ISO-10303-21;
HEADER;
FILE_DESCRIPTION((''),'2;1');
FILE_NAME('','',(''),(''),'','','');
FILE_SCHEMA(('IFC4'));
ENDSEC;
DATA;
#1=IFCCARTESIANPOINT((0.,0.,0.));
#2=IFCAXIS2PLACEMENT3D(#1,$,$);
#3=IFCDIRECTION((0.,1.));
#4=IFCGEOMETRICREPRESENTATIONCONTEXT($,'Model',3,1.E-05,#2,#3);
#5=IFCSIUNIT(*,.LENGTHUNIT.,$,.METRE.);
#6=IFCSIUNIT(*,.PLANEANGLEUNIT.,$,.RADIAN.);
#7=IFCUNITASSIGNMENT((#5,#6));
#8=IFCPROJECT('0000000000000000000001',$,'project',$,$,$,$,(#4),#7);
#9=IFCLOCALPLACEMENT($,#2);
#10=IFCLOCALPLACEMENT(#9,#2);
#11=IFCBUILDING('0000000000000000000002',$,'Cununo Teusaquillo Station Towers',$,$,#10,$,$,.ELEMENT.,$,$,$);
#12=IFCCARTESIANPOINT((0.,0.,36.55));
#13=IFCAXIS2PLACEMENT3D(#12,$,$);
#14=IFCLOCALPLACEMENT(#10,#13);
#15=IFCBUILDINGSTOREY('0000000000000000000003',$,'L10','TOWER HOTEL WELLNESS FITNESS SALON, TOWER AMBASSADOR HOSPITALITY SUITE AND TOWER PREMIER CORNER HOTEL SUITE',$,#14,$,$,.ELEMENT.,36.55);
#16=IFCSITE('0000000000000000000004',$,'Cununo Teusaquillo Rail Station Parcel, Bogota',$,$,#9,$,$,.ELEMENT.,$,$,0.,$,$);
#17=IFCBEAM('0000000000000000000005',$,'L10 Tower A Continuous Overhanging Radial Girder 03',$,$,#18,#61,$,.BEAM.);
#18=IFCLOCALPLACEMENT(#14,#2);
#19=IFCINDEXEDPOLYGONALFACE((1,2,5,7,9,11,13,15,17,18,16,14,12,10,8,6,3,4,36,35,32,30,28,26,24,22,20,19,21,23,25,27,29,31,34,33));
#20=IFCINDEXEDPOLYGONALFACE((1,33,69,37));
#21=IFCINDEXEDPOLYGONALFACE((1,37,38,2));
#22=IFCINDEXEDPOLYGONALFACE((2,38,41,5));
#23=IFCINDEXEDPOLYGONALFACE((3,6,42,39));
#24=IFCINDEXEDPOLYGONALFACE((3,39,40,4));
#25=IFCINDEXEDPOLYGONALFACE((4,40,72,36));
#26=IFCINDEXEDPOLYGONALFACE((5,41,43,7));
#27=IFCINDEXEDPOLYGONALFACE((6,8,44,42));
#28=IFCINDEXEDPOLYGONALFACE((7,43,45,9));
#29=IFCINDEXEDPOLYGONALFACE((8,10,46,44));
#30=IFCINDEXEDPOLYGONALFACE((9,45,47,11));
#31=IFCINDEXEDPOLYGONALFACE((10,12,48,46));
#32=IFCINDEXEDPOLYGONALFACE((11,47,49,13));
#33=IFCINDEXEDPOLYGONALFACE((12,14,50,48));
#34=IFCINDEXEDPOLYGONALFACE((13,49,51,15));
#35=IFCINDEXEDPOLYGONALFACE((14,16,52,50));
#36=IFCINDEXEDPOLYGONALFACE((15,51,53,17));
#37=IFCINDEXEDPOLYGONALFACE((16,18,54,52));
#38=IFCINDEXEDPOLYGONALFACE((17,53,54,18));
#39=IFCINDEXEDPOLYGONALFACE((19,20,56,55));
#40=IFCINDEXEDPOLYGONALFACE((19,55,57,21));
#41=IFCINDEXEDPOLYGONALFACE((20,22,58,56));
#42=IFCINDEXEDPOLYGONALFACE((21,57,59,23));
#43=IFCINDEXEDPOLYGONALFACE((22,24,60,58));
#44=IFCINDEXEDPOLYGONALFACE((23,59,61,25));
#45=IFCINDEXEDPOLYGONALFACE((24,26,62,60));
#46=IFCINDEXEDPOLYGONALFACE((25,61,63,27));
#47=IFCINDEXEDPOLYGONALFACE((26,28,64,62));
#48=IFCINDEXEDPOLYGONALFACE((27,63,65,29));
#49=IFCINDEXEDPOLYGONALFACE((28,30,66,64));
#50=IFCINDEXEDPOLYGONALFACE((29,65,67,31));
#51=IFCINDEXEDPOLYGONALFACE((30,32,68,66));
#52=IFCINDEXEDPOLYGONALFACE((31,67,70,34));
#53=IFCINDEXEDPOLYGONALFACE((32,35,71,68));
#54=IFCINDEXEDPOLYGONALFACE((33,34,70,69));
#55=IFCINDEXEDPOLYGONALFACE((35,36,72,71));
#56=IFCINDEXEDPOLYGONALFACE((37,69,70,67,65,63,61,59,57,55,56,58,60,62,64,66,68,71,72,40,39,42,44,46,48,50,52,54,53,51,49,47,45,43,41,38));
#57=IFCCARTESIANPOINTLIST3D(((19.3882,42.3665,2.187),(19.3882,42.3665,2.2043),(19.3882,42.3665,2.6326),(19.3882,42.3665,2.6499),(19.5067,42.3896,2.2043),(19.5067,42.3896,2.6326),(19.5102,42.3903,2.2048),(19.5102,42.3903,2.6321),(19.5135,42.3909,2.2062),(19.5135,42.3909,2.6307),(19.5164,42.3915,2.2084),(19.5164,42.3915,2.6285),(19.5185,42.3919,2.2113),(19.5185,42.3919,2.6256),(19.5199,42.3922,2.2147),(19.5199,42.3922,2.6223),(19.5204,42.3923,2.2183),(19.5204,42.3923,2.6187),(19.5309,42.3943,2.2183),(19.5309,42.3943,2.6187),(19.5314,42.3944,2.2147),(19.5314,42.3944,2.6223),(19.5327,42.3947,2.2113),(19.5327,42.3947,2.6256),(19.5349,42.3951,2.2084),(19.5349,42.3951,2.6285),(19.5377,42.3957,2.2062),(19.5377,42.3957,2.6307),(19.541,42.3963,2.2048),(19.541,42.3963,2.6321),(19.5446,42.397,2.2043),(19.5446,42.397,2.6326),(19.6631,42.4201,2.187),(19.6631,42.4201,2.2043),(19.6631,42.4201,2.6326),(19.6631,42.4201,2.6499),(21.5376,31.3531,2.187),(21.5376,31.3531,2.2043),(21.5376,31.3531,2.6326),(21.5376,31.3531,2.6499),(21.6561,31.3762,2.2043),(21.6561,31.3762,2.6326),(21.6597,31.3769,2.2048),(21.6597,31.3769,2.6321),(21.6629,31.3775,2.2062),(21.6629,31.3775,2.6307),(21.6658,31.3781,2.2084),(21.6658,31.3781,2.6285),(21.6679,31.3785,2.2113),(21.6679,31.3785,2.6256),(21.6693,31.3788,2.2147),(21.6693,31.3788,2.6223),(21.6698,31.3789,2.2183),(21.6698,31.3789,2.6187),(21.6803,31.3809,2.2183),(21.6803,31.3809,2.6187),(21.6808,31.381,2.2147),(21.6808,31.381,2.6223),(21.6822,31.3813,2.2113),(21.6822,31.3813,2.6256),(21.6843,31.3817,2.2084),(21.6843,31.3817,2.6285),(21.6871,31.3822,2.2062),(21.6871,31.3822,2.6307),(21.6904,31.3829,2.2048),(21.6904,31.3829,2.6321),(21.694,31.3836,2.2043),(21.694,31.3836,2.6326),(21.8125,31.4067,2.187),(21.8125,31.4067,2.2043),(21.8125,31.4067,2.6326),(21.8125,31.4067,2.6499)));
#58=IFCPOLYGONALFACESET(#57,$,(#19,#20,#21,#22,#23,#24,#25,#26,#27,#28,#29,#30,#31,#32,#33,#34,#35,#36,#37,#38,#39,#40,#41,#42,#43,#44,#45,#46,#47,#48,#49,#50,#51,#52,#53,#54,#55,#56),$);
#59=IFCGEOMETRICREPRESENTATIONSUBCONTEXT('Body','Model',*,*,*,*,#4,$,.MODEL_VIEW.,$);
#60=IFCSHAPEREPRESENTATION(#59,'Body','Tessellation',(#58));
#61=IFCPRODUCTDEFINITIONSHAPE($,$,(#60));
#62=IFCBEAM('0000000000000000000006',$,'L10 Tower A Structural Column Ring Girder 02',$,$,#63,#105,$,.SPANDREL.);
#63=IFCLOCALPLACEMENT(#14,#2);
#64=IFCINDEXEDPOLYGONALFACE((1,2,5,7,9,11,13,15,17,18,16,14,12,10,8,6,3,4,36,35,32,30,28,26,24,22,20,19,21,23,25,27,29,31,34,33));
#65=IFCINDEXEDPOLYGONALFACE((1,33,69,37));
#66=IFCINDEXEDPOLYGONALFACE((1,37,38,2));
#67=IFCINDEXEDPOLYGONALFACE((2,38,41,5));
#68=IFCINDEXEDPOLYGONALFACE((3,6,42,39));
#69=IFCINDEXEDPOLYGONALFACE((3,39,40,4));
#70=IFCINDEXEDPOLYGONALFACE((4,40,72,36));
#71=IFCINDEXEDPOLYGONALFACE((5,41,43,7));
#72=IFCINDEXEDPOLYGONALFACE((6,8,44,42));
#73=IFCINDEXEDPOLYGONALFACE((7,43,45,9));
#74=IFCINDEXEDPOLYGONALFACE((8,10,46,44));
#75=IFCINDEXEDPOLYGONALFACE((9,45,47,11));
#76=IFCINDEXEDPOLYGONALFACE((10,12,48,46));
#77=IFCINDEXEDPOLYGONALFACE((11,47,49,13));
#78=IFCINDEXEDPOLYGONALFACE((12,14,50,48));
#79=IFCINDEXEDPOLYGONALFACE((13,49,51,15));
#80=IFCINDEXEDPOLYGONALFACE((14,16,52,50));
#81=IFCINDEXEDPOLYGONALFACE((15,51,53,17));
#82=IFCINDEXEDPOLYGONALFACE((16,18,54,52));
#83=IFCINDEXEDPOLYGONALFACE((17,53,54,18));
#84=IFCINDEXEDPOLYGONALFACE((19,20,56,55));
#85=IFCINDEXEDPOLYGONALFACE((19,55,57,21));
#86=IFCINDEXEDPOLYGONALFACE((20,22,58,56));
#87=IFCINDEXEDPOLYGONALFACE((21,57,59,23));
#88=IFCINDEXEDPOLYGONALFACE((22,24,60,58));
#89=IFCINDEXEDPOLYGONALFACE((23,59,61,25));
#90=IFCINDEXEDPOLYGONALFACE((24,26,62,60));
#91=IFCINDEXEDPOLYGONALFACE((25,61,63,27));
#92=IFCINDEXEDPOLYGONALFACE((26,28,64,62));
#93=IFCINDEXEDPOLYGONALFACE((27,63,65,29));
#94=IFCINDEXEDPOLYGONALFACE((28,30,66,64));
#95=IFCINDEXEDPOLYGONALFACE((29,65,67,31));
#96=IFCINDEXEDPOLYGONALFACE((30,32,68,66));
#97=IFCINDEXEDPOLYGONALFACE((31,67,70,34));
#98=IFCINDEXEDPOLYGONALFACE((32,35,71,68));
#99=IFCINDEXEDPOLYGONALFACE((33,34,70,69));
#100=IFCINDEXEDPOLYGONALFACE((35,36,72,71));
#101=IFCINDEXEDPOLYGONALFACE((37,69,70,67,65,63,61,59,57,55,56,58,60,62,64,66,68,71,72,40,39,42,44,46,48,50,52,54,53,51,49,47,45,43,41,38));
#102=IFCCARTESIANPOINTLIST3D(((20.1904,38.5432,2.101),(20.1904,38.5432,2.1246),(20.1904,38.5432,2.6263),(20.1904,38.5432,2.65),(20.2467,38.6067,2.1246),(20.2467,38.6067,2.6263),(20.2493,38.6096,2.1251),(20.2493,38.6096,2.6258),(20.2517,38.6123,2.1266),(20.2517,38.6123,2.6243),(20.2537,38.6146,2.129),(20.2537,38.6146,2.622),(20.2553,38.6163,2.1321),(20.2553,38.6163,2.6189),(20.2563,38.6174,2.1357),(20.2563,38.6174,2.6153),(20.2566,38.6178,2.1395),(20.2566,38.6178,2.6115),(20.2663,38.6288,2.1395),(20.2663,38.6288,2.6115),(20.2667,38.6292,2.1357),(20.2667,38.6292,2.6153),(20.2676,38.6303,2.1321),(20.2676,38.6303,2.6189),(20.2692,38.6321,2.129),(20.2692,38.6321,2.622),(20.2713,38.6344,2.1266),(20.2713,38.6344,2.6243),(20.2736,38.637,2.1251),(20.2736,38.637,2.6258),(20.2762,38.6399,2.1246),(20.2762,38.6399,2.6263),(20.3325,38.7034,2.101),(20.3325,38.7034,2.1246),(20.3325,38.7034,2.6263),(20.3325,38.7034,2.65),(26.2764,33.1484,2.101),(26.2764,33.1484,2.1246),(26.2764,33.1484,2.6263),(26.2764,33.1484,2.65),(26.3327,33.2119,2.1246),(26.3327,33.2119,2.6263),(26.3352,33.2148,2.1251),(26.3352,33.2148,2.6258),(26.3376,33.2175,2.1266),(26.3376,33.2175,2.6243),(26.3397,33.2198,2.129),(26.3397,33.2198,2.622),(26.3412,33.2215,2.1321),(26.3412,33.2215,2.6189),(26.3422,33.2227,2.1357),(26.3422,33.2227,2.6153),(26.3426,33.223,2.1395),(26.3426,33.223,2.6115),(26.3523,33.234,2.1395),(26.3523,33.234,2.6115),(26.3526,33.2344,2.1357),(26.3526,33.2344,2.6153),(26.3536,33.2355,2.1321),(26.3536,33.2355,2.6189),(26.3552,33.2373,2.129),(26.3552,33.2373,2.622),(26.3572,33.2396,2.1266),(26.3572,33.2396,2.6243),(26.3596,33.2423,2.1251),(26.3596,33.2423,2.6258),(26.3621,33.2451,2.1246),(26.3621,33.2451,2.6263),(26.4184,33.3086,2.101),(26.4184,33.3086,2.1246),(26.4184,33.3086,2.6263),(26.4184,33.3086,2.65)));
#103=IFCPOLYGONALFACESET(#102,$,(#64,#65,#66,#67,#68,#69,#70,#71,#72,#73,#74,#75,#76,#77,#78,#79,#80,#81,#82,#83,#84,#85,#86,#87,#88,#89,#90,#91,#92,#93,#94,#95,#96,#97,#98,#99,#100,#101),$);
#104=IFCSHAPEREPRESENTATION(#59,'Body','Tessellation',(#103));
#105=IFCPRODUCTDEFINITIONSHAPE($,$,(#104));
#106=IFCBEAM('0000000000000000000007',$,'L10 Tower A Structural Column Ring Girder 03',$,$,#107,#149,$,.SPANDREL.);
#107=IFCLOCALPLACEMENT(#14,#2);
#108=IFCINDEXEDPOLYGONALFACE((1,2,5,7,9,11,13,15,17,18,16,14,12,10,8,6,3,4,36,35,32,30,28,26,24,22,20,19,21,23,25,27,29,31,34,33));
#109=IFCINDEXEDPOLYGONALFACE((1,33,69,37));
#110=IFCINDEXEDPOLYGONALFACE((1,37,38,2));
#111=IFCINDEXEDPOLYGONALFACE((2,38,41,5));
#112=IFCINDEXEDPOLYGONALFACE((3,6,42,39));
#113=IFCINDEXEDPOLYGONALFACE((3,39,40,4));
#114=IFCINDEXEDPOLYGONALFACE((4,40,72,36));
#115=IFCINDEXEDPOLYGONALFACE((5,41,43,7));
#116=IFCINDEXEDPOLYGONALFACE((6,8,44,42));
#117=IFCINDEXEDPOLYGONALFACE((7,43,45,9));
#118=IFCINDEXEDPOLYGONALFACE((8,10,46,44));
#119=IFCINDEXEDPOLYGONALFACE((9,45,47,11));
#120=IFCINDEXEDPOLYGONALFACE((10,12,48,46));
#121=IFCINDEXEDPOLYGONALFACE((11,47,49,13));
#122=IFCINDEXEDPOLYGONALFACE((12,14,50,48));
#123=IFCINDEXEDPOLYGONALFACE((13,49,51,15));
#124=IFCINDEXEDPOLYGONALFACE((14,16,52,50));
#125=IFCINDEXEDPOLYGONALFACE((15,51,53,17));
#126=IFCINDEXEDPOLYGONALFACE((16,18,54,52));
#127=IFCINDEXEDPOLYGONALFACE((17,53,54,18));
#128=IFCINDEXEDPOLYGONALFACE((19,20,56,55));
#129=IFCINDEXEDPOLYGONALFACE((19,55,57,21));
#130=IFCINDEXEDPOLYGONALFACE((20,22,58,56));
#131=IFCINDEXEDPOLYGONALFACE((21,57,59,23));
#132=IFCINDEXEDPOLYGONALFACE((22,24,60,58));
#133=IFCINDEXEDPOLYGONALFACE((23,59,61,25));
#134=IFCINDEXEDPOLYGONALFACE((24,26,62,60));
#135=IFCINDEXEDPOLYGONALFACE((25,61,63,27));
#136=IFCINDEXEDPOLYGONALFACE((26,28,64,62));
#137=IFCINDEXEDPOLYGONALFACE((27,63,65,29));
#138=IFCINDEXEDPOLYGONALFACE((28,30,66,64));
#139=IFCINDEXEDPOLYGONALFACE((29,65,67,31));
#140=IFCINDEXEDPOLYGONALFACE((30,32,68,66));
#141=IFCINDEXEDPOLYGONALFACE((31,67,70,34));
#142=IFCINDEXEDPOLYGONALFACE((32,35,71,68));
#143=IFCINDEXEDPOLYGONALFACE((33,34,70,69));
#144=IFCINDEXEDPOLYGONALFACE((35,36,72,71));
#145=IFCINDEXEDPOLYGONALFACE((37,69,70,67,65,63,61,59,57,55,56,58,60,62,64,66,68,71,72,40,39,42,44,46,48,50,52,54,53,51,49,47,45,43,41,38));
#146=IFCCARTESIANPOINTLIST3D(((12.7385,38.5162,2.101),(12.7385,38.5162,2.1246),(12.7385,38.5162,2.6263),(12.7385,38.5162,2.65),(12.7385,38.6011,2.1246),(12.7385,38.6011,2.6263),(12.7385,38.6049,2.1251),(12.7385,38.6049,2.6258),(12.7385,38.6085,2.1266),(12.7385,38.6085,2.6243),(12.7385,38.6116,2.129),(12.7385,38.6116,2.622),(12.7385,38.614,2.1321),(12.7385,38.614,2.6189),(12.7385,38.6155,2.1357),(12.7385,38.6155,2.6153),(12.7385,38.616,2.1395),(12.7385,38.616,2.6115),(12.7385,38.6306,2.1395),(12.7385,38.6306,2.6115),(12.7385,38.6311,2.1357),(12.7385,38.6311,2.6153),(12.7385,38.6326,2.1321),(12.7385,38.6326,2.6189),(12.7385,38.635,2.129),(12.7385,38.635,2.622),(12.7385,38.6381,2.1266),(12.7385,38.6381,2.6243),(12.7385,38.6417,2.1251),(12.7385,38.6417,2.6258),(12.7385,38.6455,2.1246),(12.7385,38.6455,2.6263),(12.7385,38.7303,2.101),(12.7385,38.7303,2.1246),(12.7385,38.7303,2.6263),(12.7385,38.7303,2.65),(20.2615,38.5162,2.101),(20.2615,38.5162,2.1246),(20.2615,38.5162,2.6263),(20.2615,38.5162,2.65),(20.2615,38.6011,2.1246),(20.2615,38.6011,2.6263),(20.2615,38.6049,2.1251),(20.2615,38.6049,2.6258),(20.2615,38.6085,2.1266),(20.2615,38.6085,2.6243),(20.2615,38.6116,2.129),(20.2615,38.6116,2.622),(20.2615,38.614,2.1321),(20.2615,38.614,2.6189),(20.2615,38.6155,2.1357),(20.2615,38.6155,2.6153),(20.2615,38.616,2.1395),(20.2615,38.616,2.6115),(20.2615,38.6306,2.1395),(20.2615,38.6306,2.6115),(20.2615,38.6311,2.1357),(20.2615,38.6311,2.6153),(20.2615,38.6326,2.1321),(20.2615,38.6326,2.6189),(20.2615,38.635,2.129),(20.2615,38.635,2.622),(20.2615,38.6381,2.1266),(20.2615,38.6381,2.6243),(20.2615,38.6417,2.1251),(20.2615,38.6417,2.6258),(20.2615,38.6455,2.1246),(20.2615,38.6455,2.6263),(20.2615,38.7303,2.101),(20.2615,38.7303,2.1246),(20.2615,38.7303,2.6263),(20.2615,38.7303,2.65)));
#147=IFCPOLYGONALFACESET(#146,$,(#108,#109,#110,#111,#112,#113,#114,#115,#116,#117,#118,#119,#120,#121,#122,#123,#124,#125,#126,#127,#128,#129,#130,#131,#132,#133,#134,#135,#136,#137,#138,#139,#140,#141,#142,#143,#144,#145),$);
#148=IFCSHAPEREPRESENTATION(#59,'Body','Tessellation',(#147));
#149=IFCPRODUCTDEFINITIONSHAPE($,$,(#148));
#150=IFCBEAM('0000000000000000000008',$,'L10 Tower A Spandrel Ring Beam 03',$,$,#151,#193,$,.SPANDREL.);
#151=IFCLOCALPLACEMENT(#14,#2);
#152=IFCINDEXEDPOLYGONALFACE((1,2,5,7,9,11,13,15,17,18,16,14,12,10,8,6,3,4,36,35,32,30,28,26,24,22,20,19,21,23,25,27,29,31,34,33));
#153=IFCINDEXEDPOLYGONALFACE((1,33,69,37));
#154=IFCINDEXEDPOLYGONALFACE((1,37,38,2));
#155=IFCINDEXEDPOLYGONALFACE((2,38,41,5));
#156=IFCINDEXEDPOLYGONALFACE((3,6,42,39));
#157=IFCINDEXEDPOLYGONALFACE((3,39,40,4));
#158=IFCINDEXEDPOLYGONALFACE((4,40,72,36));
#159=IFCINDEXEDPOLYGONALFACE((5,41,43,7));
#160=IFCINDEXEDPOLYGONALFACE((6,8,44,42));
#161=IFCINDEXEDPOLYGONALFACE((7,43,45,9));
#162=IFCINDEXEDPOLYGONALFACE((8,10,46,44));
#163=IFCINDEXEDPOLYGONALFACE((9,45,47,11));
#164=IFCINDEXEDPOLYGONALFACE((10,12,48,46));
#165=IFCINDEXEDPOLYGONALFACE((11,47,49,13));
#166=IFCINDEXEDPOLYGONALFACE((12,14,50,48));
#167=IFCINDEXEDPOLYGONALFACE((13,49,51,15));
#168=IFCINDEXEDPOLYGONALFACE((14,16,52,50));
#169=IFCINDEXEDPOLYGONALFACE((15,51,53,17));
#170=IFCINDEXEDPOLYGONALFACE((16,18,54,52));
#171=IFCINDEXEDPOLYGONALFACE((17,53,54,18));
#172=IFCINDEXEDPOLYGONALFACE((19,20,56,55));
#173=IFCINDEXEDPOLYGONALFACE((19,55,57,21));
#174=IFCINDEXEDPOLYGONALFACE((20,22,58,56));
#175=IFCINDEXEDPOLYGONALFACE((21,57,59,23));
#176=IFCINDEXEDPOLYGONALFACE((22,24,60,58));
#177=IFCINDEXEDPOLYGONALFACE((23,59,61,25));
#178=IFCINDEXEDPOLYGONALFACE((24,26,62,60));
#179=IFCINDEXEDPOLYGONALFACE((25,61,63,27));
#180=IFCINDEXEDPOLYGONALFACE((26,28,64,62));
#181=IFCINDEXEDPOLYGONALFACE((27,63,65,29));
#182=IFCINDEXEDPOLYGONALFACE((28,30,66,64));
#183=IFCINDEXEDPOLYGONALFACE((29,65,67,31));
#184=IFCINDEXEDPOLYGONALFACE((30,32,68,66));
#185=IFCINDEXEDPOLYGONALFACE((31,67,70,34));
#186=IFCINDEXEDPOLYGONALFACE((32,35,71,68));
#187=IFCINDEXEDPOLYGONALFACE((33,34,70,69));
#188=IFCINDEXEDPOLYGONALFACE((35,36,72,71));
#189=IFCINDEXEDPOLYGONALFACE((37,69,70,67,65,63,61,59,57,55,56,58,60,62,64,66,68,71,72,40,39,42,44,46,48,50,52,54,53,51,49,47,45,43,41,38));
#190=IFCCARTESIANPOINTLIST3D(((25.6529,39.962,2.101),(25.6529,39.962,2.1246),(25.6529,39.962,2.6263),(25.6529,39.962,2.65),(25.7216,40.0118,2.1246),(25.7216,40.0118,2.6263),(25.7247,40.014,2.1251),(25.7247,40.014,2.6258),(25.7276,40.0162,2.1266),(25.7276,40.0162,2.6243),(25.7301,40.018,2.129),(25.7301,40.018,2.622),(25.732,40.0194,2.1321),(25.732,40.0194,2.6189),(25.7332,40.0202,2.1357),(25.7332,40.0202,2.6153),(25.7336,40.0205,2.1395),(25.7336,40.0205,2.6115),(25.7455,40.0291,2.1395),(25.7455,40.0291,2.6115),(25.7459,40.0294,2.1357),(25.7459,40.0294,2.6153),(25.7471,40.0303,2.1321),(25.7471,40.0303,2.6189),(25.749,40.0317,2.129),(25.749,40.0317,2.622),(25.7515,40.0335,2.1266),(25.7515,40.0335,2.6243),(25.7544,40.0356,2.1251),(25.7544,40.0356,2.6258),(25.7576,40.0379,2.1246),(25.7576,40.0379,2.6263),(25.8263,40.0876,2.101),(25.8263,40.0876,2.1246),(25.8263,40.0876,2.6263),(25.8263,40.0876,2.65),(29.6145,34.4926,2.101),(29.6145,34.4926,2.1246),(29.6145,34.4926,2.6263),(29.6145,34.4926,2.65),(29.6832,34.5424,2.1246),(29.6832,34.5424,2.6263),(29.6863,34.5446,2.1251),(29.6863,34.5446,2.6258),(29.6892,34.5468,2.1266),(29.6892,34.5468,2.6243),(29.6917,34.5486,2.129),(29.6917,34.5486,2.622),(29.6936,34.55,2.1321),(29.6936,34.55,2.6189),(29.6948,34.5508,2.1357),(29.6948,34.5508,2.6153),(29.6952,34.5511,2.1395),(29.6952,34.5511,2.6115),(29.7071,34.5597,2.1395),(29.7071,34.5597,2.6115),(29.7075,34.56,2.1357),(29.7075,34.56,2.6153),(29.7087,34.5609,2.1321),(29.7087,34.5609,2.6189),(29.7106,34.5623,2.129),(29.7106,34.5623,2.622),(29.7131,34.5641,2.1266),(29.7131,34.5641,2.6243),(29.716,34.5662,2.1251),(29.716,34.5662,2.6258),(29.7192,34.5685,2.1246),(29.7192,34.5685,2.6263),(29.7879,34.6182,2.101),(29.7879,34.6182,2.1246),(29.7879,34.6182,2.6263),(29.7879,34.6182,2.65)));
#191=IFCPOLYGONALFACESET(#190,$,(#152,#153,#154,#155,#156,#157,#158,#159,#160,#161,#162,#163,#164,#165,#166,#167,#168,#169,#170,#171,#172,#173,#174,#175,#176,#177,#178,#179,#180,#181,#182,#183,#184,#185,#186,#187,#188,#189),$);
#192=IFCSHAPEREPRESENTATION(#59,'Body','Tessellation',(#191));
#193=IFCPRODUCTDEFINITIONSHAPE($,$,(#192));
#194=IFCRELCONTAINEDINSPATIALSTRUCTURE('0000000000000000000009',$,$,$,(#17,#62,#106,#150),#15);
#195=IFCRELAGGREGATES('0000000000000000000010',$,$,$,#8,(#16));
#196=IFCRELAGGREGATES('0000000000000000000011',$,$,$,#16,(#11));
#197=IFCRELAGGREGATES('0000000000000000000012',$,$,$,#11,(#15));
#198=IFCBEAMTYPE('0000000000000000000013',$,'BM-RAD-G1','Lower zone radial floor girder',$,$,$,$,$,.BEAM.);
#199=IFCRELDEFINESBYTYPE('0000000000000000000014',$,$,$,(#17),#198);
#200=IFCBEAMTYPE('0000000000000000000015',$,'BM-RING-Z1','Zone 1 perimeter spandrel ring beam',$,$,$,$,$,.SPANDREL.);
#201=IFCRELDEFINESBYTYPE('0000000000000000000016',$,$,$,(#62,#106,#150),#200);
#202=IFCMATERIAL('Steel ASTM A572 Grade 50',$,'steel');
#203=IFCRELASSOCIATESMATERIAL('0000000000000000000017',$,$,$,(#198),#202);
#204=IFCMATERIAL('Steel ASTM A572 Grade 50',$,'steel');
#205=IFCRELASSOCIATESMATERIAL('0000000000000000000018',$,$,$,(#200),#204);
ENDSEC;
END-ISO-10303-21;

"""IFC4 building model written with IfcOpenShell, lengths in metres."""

from ifc_helpers import new_model, si_unit, direction, frame, origin, origin_2d, place, context, subcontext, project, spatial, i_section, extrude, material, material_profile, profile_set, type_object, element, save


model = new_model("IFC4")

# Units and contexts
model_context = context("Model", 3, precision=1e-05, world=origin(), true_north=direction((0.0, 1.0)))
body_context = subcontext(model_context, "Body", "Model", "MODEL_VIEW")
ifc_project = project(units=[si_unit("LENGTHUNIT", "METRE"), si_unit("PLANEANGLEUNIT", "RADIAN")], contexts=[model_context])

# Site, building, storey
site_placement = place(None, origin())
site = spatial("IfcSite", under=ifc_project, at=site_placement, Name="Cununo Teusaquillo Rail Station Parcel, Bogota", CompositionType="ELEMENT", RefElevation=0.0)
building_placement = place(site_placement, origin())
building = spatial("IfcBuilding", under=site, at=building_placement, Name="Cununo Teusaquillo Station Towers", CompositionType="ELEMENT")
storey_placement = place(building_placement, frame((0.0, 0.0, 36.55)))
storey = spatial("IfcBuildingStorey", under=building, at=storey_placement, Name="L10", Description="TOWER HOTEL WELLNESS FITNESS SALON, TOWER AMBASSADOR HOSPITALITY SUITE AND TOWER PREMIER CORNER HOTEL SUITE", CompositionType="ELEMENT", Elevation=36.55)

# Beams
ifc_material_1 = material(Name="Steel ASTM A572 Grade 50", Category="steel")
ifc_material_profile_1 = material_profile(ifc_material_1, i_section(OverallWidth=0.28, OverallDepth=0.4629, WebThickness=0.0107, FlangeThickness=0.0173, FilletRadius=0.0139, at=origin_2d()), Name="W18X76")
ifc_profile_set_1 = profile_set([ifc_material_profile_1], Name="Steel ASTM A572 Grade 50")
beam_type_1 = type_object("IfcBeamType", Name="BM-RAD-G1", Description="Lower zone radial floor girder", PredefinedType="BEAM", material=ifc_profile_set_1)
beam_1_placement = place(storey_placement, frame((21.675, 31.3799, 2.4185), z_axis=(-0.191549, 0.981483, 0.0), x_axis=(-0.981483, -0.191549, 0.0)))
element("IfcBeam", 1, at=beam_1_placement, inside=storey, type_object=beam_type_1, Name="L10 Tower A Continuous Overhanging Radial Girder 03", PredefinedType="BEAM", context=body_context, shape_type="SweptSolid", body=[
    extrude(i_section(OverallWidth=0.28, OverallDepth=0.4629, WebThickness=0.0107, FlangeThickness=0.0173, FilletRadius=0.0139, at=origin_2d()), origin(), (0.0, 0.0, 1.0), 11.2212),
])
ifc_material_2 = material(Name="Steel ASTM A572 Grade 50", Category="steel")
ifc_material_profile_2 = material_profile(ifc_material_2, i_section(OverallWidth=0.2141, OverallDepth=0.5491, WebThickness=0.0146, FlangeThickness=0.0237, FilletRadius=0.0149, at=origin_2d()), Name="W21X93")
ifc_profile_set_2 = profile_set([ifc_material_profile_2], Name="Steel ASTM A572 Grade 50")
beam_type_2 = type_object("IfcBeamType", Name="BM-RING-Z1", Description="Zone 1 perimeter spandrel ring beam", PredefinedType="SPANDREL", material=ifc_profile_set_2)
beam_2_placement = place(storey_placement, frame((26.3474, 33.2285, 2.3755), z_axis=(-0.748321, 0.663337, 0.0), x_axis=(-0.663337, -0.748321, 0.0)))
element("IfcBeam", 2, at=beam_2_placement, inside=storey, type_object=beam_type_2, Name="L10 Tower A Structural Column Ring Girder 02", PredefinedType="SPANDREL", context=body_context, shape_type="SweptSolid", body=[
    extrude(i_section(OverallWidth=0.2141, OverallDepth=0.5491, WebThickness=0.0146, FlangeThickness=0.0237, FilletRadius=0.0149, at=origin_2d()), origin(), (0.0, 0.0, 1.0), 8.1328),
])
beam_3_placement = place(storey_placement, frame((20.2615, 38.6233, 2.3755), z_axis=(-1.0, 0.0, 0.0), x_axis=(0.0, -1.0, 0.0)))
element("IfcBeam", 3, at=beam_3_placement, inside=storey, type_object=beam_type_2, Name="L10 Tower A Structural Column Ring Girder 03", PredefinedType="SPANDREL", context=body_context, shape_type="SweptSolid", body=[
    extrude(i_section(OverallWidth=0.2141, OverallDepth=0.5491, WebThickness=0.0146, FlangeThickness=0.0237, FilletRadius=0.0149, at=origin_2d()), origin(), (0.0, 0.0, 1.0), 7.5229),
])
beam_4_placement = place(storey_placement, frame((29.7012, 34.5554, 2.3755), z_axis=(-0.586608, 0.809871, 0.0), x_axis=(-0.809871, -0.586608, 0.0)))
element("IfcBeam", 4, at=beam_4_placement, inside=storey, type_object=beam_type_2, Name="L10 Tower A Spandrel Ring Beam 03", PredefinedType="SPANDREL", context=body_context, shape_type="SweptSolid", body=[
    extrude(i_section(OverallWidth=0.2141, OverallDepth=0.5491, WebThickness=0.0146, FlangeThickness=0.0237, FilletRadius=0.0149, at=origin_2d()), origin(), (0.0, 0.0, 1.0), 6.7534),
])

save(model, "model.ifc")
